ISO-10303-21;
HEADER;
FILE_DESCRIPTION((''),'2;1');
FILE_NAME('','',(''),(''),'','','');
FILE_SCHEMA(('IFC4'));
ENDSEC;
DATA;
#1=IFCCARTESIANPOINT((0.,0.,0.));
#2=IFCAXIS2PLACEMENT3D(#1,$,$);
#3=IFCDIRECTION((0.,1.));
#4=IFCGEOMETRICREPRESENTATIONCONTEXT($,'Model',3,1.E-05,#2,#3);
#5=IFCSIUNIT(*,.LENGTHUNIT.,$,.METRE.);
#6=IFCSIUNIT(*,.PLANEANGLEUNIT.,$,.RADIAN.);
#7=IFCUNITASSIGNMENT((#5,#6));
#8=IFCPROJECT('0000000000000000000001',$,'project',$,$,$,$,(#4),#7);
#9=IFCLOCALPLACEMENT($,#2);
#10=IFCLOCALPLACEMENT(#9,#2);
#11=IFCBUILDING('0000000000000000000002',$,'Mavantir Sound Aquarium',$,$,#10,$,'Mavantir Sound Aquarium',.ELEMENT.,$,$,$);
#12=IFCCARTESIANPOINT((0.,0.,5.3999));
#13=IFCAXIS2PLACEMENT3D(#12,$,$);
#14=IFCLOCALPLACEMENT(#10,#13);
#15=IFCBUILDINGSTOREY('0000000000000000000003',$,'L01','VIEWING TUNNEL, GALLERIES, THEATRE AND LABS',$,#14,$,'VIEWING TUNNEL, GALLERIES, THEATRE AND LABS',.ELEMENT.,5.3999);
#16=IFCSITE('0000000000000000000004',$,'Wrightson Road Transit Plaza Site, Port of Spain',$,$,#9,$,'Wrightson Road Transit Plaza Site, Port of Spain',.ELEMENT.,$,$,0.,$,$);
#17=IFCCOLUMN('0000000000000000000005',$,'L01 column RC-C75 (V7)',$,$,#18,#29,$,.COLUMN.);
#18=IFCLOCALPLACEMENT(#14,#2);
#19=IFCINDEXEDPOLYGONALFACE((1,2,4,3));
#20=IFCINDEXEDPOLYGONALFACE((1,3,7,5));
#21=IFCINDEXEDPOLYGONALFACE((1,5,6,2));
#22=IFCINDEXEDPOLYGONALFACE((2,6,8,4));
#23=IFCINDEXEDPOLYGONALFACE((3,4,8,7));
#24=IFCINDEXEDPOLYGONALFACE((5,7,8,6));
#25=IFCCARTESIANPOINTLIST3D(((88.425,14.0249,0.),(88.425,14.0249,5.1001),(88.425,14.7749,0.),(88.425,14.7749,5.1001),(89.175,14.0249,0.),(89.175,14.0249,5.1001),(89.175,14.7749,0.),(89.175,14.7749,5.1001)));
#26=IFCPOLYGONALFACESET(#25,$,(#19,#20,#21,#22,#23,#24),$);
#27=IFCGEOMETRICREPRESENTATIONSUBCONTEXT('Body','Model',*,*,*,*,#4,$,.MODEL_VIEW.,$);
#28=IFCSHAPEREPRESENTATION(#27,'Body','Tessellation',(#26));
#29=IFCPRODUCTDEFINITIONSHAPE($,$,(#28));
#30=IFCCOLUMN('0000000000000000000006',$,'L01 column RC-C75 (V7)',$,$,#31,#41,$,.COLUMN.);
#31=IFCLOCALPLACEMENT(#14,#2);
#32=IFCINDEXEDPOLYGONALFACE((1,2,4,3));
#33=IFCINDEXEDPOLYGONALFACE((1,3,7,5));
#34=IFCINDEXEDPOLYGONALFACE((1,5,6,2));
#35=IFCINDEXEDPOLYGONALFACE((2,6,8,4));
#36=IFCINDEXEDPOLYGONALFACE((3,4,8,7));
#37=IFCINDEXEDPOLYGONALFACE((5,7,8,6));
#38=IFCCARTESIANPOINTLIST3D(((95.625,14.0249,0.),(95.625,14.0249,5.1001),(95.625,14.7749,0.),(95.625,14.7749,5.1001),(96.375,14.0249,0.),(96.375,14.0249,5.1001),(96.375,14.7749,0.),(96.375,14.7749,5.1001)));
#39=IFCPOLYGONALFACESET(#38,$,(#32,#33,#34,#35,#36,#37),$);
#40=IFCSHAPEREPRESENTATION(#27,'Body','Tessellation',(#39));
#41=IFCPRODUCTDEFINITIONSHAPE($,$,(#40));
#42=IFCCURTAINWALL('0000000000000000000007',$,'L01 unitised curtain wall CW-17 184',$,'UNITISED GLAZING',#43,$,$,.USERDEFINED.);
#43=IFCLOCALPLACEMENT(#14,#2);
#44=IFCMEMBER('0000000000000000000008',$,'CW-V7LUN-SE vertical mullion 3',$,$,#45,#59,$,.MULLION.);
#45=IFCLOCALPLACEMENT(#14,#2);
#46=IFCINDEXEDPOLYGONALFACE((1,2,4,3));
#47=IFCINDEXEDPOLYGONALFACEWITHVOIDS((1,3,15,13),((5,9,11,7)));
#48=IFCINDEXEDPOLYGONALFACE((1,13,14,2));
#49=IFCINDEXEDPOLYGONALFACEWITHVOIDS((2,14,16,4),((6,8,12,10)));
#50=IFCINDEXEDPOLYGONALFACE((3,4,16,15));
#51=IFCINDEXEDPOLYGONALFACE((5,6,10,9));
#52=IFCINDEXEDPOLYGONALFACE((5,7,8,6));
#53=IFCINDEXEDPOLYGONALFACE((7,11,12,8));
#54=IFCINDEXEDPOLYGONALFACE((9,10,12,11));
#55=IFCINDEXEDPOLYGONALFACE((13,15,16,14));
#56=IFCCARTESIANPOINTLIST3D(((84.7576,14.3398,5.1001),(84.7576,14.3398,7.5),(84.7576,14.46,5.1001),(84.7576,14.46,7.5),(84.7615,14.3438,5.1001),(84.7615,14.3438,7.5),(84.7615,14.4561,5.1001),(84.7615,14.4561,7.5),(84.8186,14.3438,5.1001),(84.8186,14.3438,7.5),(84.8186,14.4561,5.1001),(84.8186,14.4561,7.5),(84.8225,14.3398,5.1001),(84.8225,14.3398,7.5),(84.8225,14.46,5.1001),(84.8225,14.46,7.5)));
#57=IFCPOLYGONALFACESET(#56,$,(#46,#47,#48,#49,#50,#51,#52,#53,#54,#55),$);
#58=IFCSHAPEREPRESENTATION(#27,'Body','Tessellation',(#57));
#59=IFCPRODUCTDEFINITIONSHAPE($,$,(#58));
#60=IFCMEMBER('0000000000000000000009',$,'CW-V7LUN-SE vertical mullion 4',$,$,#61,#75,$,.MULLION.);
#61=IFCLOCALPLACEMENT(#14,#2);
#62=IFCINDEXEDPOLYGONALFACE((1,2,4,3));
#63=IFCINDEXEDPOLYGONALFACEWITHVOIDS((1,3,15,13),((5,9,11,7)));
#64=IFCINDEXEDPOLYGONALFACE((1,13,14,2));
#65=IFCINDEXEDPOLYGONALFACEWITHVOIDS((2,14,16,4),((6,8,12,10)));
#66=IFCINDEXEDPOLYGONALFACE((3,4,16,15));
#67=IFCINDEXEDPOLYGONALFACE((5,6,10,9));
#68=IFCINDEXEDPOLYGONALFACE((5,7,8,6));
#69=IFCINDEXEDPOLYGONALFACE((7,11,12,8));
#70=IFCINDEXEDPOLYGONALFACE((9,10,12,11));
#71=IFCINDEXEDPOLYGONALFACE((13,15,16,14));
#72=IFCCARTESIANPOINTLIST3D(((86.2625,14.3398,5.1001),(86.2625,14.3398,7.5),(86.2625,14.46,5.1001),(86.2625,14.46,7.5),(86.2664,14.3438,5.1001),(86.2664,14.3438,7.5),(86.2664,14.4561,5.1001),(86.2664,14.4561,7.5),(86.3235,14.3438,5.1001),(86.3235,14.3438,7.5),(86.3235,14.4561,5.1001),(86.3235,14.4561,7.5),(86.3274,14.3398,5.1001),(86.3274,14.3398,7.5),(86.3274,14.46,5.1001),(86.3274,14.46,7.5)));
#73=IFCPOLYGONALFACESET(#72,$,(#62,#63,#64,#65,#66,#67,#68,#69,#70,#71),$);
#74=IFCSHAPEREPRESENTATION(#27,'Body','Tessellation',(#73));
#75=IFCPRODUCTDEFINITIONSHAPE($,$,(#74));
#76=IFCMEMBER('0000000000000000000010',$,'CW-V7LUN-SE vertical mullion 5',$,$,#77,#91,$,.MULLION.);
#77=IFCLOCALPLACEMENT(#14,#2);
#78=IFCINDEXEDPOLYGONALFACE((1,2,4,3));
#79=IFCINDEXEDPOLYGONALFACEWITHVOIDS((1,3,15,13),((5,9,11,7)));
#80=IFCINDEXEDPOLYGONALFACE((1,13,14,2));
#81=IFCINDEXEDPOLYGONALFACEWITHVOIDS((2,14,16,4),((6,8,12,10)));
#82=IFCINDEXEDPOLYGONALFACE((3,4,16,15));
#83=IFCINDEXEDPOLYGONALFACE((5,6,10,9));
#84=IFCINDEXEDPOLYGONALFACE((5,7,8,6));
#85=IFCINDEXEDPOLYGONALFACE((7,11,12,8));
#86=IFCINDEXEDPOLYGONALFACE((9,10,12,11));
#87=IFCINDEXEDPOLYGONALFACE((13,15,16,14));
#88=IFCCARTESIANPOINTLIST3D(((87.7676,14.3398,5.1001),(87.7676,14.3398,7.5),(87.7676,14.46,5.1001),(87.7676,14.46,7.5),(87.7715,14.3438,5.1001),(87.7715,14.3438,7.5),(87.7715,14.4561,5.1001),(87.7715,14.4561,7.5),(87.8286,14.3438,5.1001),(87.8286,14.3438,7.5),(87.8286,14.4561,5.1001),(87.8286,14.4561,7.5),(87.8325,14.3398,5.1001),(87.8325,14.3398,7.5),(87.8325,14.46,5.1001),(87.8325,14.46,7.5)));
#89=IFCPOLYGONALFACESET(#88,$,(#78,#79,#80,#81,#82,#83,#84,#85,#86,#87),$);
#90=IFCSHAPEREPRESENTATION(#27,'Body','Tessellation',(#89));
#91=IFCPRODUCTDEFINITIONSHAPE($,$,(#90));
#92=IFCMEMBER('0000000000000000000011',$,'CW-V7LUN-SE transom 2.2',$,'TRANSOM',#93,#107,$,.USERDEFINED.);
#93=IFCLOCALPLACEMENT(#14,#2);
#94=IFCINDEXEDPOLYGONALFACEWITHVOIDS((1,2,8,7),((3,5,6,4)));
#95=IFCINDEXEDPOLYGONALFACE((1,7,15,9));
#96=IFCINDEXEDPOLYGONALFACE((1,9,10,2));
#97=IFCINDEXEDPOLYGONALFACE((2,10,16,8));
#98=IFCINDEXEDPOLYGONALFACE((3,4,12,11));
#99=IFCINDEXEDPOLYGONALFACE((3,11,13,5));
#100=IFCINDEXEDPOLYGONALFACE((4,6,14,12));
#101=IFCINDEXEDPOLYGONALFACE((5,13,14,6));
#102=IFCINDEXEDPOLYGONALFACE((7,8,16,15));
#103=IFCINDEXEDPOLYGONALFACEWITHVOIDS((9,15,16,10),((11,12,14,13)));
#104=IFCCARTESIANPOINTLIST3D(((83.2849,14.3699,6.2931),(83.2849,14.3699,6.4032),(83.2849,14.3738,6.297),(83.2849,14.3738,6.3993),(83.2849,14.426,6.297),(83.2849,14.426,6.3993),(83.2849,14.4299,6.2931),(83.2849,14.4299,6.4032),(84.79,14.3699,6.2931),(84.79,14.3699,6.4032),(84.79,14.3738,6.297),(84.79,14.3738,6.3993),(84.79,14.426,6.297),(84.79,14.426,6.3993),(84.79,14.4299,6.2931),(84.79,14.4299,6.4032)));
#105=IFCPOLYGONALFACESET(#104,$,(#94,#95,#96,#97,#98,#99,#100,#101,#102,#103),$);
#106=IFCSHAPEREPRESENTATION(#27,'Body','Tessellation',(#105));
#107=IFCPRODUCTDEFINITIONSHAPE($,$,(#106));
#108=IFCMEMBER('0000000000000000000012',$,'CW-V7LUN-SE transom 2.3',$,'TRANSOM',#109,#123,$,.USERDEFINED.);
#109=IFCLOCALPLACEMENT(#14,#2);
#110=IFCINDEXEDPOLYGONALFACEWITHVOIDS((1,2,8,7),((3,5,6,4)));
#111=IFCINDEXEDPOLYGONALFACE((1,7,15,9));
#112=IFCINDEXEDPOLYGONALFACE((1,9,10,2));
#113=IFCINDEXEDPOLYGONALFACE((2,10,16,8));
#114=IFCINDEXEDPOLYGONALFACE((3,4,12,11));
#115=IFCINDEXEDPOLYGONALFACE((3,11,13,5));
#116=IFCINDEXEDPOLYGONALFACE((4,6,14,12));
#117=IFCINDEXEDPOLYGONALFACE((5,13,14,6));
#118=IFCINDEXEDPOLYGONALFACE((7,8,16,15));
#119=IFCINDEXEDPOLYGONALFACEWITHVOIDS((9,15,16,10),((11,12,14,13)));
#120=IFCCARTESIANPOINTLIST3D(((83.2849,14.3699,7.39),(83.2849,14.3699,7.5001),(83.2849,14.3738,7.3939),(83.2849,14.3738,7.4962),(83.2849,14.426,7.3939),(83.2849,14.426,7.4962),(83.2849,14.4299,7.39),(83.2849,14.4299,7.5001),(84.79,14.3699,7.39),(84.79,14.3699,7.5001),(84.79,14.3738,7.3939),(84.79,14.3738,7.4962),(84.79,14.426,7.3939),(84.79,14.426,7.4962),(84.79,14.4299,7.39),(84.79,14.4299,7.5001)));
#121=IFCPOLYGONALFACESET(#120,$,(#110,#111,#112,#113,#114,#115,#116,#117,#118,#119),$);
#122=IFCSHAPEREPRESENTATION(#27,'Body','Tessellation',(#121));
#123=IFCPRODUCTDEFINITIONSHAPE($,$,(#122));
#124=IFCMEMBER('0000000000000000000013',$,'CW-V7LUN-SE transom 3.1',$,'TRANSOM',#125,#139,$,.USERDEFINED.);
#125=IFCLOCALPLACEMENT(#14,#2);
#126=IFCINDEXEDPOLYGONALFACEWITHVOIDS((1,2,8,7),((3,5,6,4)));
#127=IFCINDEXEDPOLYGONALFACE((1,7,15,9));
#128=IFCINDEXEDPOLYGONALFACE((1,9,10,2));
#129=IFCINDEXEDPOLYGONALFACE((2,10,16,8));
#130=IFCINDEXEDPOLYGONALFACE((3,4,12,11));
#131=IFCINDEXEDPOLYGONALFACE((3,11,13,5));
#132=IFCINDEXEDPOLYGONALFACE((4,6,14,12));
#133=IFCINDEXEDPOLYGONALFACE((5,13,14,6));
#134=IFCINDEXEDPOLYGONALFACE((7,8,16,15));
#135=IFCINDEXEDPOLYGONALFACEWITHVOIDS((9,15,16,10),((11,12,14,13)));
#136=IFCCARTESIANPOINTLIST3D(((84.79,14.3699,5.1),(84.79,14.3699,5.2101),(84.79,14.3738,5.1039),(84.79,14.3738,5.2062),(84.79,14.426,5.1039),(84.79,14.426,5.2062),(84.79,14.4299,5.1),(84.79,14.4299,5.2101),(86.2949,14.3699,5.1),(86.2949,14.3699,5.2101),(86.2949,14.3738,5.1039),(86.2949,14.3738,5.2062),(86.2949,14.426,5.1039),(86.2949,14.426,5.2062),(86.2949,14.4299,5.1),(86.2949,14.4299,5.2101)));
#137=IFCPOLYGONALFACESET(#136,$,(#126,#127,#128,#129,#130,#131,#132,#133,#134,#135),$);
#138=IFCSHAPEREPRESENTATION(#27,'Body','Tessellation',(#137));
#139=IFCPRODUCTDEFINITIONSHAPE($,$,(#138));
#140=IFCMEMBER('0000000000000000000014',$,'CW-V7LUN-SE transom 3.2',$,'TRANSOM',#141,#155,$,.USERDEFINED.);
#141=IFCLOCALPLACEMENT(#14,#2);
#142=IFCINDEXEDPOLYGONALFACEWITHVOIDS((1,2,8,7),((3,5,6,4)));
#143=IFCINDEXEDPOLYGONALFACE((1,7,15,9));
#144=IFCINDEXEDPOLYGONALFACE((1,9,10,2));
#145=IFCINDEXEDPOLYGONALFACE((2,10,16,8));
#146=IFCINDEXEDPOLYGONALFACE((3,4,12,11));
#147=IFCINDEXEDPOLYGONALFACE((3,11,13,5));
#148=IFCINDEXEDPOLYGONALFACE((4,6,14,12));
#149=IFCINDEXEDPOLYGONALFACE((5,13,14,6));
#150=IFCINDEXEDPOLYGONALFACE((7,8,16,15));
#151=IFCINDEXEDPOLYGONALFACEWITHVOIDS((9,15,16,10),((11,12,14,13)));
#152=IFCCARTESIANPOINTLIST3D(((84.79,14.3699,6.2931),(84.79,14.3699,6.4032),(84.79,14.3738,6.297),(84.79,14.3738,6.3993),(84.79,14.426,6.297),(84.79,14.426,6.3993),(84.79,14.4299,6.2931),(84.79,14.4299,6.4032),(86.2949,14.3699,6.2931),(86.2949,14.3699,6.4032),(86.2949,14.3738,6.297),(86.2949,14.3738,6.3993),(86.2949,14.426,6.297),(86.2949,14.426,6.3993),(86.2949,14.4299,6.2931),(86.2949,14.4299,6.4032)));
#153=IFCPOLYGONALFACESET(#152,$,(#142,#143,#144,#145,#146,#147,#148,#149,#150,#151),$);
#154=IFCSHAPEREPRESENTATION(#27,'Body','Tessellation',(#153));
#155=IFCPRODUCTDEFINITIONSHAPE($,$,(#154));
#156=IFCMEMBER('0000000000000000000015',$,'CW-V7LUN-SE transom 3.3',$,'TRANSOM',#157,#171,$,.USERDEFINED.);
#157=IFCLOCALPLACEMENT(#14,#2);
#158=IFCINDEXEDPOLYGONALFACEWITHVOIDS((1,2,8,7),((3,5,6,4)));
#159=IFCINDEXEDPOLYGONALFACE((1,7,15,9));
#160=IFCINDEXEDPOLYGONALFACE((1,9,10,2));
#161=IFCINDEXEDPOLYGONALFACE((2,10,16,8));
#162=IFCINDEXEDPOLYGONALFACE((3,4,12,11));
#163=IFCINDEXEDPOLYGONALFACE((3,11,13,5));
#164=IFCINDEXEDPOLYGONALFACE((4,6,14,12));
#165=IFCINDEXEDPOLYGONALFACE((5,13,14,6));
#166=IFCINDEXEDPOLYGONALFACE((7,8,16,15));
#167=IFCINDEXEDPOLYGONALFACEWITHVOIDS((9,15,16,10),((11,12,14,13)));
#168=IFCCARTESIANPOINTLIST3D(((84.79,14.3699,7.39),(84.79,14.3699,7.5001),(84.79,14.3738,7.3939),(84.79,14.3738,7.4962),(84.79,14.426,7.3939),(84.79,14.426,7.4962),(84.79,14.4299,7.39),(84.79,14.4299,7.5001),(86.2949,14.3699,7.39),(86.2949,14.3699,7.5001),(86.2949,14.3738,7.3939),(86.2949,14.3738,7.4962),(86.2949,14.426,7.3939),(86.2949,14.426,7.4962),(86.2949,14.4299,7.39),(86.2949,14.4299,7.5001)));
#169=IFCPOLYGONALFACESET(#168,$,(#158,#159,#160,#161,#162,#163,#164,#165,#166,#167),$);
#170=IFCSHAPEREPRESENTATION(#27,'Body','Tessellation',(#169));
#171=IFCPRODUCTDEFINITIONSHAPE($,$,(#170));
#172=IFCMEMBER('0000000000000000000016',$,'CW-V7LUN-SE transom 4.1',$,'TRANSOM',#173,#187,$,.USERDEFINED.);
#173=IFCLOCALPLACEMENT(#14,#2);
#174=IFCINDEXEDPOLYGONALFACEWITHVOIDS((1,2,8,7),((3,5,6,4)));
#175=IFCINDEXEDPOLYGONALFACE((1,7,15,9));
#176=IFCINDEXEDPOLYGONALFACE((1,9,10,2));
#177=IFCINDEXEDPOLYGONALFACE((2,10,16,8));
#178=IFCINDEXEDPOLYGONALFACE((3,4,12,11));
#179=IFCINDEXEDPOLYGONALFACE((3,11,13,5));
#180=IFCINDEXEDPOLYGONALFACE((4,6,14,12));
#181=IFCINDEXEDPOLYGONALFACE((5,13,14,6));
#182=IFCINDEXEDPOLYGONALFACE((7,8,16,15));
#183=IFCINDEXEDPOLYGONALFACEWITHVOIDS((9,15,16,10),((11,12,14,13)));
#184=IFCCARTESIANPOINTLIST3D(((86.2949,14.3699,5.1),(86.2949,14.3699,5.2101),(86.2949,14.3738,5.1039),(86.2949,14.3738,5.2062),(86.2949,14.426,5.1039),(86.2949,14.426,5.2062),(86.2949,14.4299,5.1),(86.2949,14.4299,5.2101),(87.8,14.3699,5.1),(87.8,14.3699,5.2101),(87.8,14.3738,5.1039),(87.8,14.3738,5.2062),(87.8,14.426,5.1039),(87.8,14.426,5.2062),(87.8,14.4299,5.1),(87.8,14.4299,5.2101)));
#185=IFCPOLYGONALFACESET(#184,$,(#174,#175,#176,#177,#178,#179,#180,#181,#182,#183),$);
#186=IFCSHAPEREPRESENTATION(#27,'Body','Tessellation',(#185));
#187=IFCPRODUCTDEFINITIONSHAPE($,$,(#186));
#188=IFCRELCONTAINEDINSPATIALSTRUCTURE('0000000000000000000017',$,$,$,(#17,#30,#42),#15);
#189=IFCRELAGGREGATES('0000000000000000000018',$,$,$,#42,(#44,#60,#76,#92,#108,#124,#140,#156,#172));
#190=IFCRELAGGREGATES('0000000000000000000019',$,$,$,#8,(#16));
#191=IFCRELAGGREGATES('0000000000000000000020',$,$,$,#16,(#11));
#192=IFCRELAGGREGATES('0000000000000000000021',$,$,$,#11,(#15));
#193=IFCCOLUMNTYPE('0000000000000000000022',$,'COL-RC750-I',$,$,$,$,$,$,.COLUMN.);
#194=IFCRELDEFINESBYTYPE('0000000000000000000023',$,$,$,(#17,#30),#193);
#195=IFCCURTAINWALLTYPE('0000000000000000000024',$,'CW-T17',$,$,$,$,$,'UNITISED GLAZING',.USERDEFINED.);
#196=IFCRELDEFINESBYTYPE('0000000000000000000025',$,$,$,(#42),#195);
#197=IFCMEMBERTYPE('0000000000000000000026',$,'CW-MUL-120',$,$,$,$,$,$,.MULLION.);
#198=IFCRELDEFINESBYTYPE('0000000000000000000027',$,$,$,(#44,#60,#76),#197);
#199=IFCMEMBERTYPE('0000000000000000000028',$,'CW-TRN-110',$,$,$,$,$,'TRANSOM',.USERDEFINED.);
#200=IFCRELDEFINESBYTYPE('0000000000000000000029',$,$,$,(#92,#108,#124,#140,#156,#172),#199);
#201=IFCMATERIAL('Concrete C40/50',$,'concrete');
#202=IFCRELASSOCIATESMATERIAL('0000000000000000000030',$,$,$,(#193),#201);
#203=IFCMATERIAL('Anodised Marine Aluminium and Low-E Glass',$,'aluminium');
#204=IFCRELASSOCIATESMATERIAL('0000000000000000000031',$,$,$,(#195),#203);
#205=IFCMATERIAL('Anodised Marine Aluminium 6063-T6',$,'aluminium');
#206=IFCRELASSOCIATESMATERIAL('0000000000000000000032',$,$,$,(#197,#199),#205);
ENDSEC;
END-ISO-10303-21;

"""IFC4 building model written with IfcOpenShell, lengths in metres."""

from ifc_helpers import new_model, si_unit, direction, frame, origin, origin_2d, place, context, subcontext, project, spatial, rectangle, hollow_rectangle, extrude, material, material_profile, profile_set, type_object, element, aggregate, save


model = new_model("IFC4")

# Units and contexts
model_context = context("Model", 3, precision=1e-05, world=origin(), true_north=direction((0.0, 1.0)))
body_context = subcontext(model_context, "Body", "Model", "MODEL_VIEW")
ifc_project = project(units=[si_unit("LENGTHUNIT", "METRE"), si_unit("PLANEANGLEUNIT", "RADIAN")], contexts=[model_context])

# Site, building, storey
site_placement = place(None, origin())
site = spatial("IfcSite", under=ifc_project, at=site_placement, Name="Wrightson Road Transit Plaza Site, Port of Spain", LongName="Wrightson Road Transit Plaza Site, Port of Spain", CompositionType="ELEMENT", RefElevation=0.0)
building_placement = place(site_placement, origin())
building = spatial("IfcBuilding", under=site, at=building_placement, Name="Mavantir Sound Aquarium", LongName="Mavantir Sound Aquarium", CompositionType="ELEMENT")
storey_placement = place(building_placement, frame((0.0, 0.0, 5.3999)))
storey = spatial("IfcBuildingStorey", under=building, at=storey_placement, Name="L01", Description="VIEWING TUNNEL, GALLERIES, THEATRE AND LABS", LongName="VIEWING TUNNEL, GALLERIES, THEATRE AND LABS", CompositionType="ELEMENT", Elevation=5.3999)

# Columns
ifc_material_1 = material(Name="Concrete C40/50", Category="concrete")
ifc_material_profile_1 = material_profile(ifc_material_1, rectangle(XDim=0.75, YDim=0.75, at=origin_2d()), Name="RC 750X750")
ifc_profile_set_1 = profile_set([ifc_material_profile_1], Name="Concrete C40/50")
column_type = type_object("IfcColumnType", Name="COL-RC750-I", PredefinedType="COLUMN", material=ifc_profile_set_1)
for number, where, z_axis, x_axis, name in (
    (1, (88.8, 14.3999, 0.0), (0.0, 0.0, 1.0), (1.0, 0.0, 0.0), "L01 column RC-C75 (V7)"),
    (2, (96.0, 14.3999, 0.0), (0.0, 0.0, 1.0), (1.0, 0.0, 0.0), "L01 column RC-C75 (V7)"),
):
    element("IfcColumn", number, at=place(storey_placement, frame(where, z_axis=z_axis, x_axis=x_axis)), inside=storey, type_object=column_type, Name=name, PredefinedType="COLUMN", context=body_context, shape_type="SweptSolid", body=[
        extrude(rectangle(XDim=0.75, YDim=0.75, at=origin_2d()), origin(), (0.0, 0.0, 1.0), 5.1001),
    ])

# Curtain wall, members
ifc_material_2 = material(Name="Anodised Marine Aluminium and Low-E Glass", Category="aluminium")
curtain_wall_type = type_object("IfcCurtainWallType", Name="CW-T17", ElementType="UNITISED GLAZING", PredefinedType="USERDEFINED", material=ifc_material_2)
curtain_wall_placement = place(storey_placement, origin())
curtain_wall = element("IfcCurtainWall", 3, at=curtain_wall_placement, inside=storey, type_object=curtain_wall_type, Name="L01 unitised curtain wall CW-17 184", ObjectType="UNITISED GLAZING", PredefinedType="USERDEFINED")
ifc_material_3 = material(Name="Anodised Marine Aluminium 6063-T6", Category="aluminium")
ifc_material_profile_2 = material_profile(ifc_material_3, hollow_rectangle(XDim=0.0649, YDim=0.1201, WallThickness=0.0039, at=origin_2d()), Name="ALU-MULLION-120X65")
ifc_profile_set_2 = profile_set([ifc_material_profile_2], Name="Anodised Marine Aluminium 6063-T6")
member_type_1 = type_object("IfcMemberType", Name="CW-MUL-120", PredefinedType="MULLION", material=ifc_profile_set_2)
member_1_placement = place(storey_placement, frame((84.79, 14.3999, 5.1001), z_axis=(0.0, 0.0, 1.0), x_axis=(1.0, 0.0, 0.0)))
member_1 = element("IfcMember", 4, at=member_1_placement, type_object=member_type_1, Name="CW-V7LUN-SE vertical mullion 3", PredefinedType="MULLION", context=body_context, shape_type="SweptSolid", body=[
    extrude(hollow_rectangle(XDim=0.0649, YDim=0.1201, WallThickness=0.0039, at=origin_2d()), origin(), (0.0, 0.0, 1.0), 2.3999),
])
member_2_placement = place(storey_placement, frame((86.2949, 14.3999, 5.1001), z_axis=(0.0, 0.0, 1.0), x_axis=(1.0, 0.0, 0.0)))
member_2 = element("IfcMember", 5, at=member_2_placement, type_object=member_type_1, Name="CW-V7LUN-SE vertical mullion 4", PredefinedType="MULLION", context=body_context, shape_type="SweptSolid", body=[
    extrude(hollow_rectangle(XDim=0.0649, YDim=0.1201, WallThickness=0.0039, at=origin_2d()), origin(), (0.0, 0.0, 1.0), 2.3999),
])
member_3_placement = place(storey_placement, frame((87.8, 14.3999, 5.1001), z_axis=(0.0, 0.0, 1.0), x_axis=(1.0, 0.0, 0.0)))
member_3 = element("IfcMember", 6, at=member_3_placement, type_object=member_type_1, Name="CW-V7LUN-SE vertical mullion 5", PredefinedType="MULLION", context=body_context, shape_type="SweptSolid", body=[
    extrude(hollow_rectangle(XDim=0.0649, YDim=0.1201, WallThickness=0.0039, at=origin_2d()), origin(), (0.0, 0.0, 1.0), 2.3999),
])
ifc_material_profile_3 = material_profile(ifc_material_3, hollow_rectangle(XDim=0.0601, YDim=0.1101, WallThickness=0.0039, at=origin_2d()), Name="ALU-TRANSOM-110X60")
ifc_profile_set_3 = profile_set([ifc_material_profile_3], Name="Anodised Marine Aluminium 6063-T6")
member_type_2 = type_object("IfcMemberType", Name="CW-TRN-110", ElementType="TRANSOM", PredefinedType="USERDEFINED", material=ifc_profile_set_3)
member_4_placement = place(storey_placement, frame((83.2849, 14.3999, 6.3481), z_axis=(1.0, 0.0, 0.0), x_axis=(0.0, 1.0, 0.0)))
member_4 = element("IfcMember", 7, at=member_4_placement, type_object=member_type_2, Name="CW-V7LUN-SE transom 2.2", ObjectType="TRANSOM", PredefinedType="USERDEFINED", context=body_context, shape_type="SweptSolid", body=[
    extrude(hollow_rectangle(XDim=0.0601, YDim=0.1101, WallThickness=0.0039, at=origin_2d()), origin(), (0.0, 0.0, 1.0), 1.5051),
])
member_5_placement = place(storey_placement, frame((83.2849, 14.3999, 7.4451), z_axis=(1.0, 0.0, 0.0), x_axis=(0.0, 1.0, 0.0)))
member_5 = element("IfcMember", 8, at=member_5_placement, type_object=member_type_2, Name="CW-V7LUN-SE transom 2.3", ObjectType="TRANSOM", PredefinedType="USERDEFINED", context=body_context, shape_type="SweptSolid", body=[
    extrude(hollow_rectangle(XDim=0.0601, YDim=0.1101, WallThickness=0.0039, at=origin_2d()), origin(), (0.0, 0.0, 1.0), 1.5051),
])
member_6_placement = place(storey_placement, frame((84.79, 14.3999, 5.155), z_axis=(1.0, 0.0, 0.0), x_axis=(0.0, 1.0, 0.0)))
member_6 = element("IfcMember", 9, at=member_6_placement, type_object=member_type_2, Name="CW-V7LUN-SE transom 3.1", ObjectType="TRANSOM", PredefinedType="USERDEFINED", context=body_context, shape_type="SweptSolid", body=[
    extrude(hollow_rectangle(XDim=0.0601, YDim=0.1101, WallThickness=0.0039, at=origin_2d()), origin(), (0.0, 0.0, 1.0), 1.5049),
])
member_7_placement = place(storey_placement, frame((84.79, 14.3999, 6.3481), z_axis=(1.0, 0.0, 0.0), x_axis=(0.0, 1.0, 0.0)))
member_7 = element("IfcMember", 10, at=member_7_placement, type_object=member_type_2, Name="CW-V7LUN-SE transom 3.2", ObjectType="TRANSOM", PredefinedType="USERDEFINED", context=body_context, shape_type="SweptSolid", body=[
    extrude(hollow_rectangle(XDim=0.0601, YDim=0.1101, WallThickness=0.0039, at=origin_2d()), origin(), (0.0, 0.0, 1.0), 1.5049),
])
member_8_placement = place(storey_placement, frame((84.79, 14.3999, 7.4451), z_axis=(1.0, 0.0, 0.0), x_axis=(0.0, 1.0, 0.0)))
member_8 = element("IfcMember", 11, at=member_8_placement, type_object=member_type_2, Name="CW-V7LUN-SE transom 3.3", ObjectType="TRANSOM", PredefinedType="USERDEFINED", context=body_context, shape_type="SweptSolid", body=[
    extrude(hollow_rectangle(XDim=0.0601, YDim=0.1101, WallThickness=0.0039, at=origin_2d()), origin(), (0.0, 0.0, 1.0), 1.5049),
])
member_9_placement = place(storey_placement, frame((86.2949, 14.3999, 5.155), z_axis=(1.0, 0.0, 0.0), x_axis=(0.0, 1.0, 0.0)))
member_9 = element("IfcMember", 12, at=member_9_placement, type_object=member_type_2, Name="CW-V7LUN-SE transom 4.1", ObjectType="TRANSOM", PredefinedType="USERDEFINED", context=body_context, shape_type="SweptSolid", body=[
    extrude(hollow_rectangle(XDim=0.0601, YDim=0.1101, WallThickness=0.0039, at=origin_2d()), origin(), (0.0, 0.0, 1.0), 1.5051),
])
aggregate(curtain_wall, [member_1, member_2, member_3, member_4, member_5, member_6, member_7, member_8, member_9])

save(model, "model.ifc")
